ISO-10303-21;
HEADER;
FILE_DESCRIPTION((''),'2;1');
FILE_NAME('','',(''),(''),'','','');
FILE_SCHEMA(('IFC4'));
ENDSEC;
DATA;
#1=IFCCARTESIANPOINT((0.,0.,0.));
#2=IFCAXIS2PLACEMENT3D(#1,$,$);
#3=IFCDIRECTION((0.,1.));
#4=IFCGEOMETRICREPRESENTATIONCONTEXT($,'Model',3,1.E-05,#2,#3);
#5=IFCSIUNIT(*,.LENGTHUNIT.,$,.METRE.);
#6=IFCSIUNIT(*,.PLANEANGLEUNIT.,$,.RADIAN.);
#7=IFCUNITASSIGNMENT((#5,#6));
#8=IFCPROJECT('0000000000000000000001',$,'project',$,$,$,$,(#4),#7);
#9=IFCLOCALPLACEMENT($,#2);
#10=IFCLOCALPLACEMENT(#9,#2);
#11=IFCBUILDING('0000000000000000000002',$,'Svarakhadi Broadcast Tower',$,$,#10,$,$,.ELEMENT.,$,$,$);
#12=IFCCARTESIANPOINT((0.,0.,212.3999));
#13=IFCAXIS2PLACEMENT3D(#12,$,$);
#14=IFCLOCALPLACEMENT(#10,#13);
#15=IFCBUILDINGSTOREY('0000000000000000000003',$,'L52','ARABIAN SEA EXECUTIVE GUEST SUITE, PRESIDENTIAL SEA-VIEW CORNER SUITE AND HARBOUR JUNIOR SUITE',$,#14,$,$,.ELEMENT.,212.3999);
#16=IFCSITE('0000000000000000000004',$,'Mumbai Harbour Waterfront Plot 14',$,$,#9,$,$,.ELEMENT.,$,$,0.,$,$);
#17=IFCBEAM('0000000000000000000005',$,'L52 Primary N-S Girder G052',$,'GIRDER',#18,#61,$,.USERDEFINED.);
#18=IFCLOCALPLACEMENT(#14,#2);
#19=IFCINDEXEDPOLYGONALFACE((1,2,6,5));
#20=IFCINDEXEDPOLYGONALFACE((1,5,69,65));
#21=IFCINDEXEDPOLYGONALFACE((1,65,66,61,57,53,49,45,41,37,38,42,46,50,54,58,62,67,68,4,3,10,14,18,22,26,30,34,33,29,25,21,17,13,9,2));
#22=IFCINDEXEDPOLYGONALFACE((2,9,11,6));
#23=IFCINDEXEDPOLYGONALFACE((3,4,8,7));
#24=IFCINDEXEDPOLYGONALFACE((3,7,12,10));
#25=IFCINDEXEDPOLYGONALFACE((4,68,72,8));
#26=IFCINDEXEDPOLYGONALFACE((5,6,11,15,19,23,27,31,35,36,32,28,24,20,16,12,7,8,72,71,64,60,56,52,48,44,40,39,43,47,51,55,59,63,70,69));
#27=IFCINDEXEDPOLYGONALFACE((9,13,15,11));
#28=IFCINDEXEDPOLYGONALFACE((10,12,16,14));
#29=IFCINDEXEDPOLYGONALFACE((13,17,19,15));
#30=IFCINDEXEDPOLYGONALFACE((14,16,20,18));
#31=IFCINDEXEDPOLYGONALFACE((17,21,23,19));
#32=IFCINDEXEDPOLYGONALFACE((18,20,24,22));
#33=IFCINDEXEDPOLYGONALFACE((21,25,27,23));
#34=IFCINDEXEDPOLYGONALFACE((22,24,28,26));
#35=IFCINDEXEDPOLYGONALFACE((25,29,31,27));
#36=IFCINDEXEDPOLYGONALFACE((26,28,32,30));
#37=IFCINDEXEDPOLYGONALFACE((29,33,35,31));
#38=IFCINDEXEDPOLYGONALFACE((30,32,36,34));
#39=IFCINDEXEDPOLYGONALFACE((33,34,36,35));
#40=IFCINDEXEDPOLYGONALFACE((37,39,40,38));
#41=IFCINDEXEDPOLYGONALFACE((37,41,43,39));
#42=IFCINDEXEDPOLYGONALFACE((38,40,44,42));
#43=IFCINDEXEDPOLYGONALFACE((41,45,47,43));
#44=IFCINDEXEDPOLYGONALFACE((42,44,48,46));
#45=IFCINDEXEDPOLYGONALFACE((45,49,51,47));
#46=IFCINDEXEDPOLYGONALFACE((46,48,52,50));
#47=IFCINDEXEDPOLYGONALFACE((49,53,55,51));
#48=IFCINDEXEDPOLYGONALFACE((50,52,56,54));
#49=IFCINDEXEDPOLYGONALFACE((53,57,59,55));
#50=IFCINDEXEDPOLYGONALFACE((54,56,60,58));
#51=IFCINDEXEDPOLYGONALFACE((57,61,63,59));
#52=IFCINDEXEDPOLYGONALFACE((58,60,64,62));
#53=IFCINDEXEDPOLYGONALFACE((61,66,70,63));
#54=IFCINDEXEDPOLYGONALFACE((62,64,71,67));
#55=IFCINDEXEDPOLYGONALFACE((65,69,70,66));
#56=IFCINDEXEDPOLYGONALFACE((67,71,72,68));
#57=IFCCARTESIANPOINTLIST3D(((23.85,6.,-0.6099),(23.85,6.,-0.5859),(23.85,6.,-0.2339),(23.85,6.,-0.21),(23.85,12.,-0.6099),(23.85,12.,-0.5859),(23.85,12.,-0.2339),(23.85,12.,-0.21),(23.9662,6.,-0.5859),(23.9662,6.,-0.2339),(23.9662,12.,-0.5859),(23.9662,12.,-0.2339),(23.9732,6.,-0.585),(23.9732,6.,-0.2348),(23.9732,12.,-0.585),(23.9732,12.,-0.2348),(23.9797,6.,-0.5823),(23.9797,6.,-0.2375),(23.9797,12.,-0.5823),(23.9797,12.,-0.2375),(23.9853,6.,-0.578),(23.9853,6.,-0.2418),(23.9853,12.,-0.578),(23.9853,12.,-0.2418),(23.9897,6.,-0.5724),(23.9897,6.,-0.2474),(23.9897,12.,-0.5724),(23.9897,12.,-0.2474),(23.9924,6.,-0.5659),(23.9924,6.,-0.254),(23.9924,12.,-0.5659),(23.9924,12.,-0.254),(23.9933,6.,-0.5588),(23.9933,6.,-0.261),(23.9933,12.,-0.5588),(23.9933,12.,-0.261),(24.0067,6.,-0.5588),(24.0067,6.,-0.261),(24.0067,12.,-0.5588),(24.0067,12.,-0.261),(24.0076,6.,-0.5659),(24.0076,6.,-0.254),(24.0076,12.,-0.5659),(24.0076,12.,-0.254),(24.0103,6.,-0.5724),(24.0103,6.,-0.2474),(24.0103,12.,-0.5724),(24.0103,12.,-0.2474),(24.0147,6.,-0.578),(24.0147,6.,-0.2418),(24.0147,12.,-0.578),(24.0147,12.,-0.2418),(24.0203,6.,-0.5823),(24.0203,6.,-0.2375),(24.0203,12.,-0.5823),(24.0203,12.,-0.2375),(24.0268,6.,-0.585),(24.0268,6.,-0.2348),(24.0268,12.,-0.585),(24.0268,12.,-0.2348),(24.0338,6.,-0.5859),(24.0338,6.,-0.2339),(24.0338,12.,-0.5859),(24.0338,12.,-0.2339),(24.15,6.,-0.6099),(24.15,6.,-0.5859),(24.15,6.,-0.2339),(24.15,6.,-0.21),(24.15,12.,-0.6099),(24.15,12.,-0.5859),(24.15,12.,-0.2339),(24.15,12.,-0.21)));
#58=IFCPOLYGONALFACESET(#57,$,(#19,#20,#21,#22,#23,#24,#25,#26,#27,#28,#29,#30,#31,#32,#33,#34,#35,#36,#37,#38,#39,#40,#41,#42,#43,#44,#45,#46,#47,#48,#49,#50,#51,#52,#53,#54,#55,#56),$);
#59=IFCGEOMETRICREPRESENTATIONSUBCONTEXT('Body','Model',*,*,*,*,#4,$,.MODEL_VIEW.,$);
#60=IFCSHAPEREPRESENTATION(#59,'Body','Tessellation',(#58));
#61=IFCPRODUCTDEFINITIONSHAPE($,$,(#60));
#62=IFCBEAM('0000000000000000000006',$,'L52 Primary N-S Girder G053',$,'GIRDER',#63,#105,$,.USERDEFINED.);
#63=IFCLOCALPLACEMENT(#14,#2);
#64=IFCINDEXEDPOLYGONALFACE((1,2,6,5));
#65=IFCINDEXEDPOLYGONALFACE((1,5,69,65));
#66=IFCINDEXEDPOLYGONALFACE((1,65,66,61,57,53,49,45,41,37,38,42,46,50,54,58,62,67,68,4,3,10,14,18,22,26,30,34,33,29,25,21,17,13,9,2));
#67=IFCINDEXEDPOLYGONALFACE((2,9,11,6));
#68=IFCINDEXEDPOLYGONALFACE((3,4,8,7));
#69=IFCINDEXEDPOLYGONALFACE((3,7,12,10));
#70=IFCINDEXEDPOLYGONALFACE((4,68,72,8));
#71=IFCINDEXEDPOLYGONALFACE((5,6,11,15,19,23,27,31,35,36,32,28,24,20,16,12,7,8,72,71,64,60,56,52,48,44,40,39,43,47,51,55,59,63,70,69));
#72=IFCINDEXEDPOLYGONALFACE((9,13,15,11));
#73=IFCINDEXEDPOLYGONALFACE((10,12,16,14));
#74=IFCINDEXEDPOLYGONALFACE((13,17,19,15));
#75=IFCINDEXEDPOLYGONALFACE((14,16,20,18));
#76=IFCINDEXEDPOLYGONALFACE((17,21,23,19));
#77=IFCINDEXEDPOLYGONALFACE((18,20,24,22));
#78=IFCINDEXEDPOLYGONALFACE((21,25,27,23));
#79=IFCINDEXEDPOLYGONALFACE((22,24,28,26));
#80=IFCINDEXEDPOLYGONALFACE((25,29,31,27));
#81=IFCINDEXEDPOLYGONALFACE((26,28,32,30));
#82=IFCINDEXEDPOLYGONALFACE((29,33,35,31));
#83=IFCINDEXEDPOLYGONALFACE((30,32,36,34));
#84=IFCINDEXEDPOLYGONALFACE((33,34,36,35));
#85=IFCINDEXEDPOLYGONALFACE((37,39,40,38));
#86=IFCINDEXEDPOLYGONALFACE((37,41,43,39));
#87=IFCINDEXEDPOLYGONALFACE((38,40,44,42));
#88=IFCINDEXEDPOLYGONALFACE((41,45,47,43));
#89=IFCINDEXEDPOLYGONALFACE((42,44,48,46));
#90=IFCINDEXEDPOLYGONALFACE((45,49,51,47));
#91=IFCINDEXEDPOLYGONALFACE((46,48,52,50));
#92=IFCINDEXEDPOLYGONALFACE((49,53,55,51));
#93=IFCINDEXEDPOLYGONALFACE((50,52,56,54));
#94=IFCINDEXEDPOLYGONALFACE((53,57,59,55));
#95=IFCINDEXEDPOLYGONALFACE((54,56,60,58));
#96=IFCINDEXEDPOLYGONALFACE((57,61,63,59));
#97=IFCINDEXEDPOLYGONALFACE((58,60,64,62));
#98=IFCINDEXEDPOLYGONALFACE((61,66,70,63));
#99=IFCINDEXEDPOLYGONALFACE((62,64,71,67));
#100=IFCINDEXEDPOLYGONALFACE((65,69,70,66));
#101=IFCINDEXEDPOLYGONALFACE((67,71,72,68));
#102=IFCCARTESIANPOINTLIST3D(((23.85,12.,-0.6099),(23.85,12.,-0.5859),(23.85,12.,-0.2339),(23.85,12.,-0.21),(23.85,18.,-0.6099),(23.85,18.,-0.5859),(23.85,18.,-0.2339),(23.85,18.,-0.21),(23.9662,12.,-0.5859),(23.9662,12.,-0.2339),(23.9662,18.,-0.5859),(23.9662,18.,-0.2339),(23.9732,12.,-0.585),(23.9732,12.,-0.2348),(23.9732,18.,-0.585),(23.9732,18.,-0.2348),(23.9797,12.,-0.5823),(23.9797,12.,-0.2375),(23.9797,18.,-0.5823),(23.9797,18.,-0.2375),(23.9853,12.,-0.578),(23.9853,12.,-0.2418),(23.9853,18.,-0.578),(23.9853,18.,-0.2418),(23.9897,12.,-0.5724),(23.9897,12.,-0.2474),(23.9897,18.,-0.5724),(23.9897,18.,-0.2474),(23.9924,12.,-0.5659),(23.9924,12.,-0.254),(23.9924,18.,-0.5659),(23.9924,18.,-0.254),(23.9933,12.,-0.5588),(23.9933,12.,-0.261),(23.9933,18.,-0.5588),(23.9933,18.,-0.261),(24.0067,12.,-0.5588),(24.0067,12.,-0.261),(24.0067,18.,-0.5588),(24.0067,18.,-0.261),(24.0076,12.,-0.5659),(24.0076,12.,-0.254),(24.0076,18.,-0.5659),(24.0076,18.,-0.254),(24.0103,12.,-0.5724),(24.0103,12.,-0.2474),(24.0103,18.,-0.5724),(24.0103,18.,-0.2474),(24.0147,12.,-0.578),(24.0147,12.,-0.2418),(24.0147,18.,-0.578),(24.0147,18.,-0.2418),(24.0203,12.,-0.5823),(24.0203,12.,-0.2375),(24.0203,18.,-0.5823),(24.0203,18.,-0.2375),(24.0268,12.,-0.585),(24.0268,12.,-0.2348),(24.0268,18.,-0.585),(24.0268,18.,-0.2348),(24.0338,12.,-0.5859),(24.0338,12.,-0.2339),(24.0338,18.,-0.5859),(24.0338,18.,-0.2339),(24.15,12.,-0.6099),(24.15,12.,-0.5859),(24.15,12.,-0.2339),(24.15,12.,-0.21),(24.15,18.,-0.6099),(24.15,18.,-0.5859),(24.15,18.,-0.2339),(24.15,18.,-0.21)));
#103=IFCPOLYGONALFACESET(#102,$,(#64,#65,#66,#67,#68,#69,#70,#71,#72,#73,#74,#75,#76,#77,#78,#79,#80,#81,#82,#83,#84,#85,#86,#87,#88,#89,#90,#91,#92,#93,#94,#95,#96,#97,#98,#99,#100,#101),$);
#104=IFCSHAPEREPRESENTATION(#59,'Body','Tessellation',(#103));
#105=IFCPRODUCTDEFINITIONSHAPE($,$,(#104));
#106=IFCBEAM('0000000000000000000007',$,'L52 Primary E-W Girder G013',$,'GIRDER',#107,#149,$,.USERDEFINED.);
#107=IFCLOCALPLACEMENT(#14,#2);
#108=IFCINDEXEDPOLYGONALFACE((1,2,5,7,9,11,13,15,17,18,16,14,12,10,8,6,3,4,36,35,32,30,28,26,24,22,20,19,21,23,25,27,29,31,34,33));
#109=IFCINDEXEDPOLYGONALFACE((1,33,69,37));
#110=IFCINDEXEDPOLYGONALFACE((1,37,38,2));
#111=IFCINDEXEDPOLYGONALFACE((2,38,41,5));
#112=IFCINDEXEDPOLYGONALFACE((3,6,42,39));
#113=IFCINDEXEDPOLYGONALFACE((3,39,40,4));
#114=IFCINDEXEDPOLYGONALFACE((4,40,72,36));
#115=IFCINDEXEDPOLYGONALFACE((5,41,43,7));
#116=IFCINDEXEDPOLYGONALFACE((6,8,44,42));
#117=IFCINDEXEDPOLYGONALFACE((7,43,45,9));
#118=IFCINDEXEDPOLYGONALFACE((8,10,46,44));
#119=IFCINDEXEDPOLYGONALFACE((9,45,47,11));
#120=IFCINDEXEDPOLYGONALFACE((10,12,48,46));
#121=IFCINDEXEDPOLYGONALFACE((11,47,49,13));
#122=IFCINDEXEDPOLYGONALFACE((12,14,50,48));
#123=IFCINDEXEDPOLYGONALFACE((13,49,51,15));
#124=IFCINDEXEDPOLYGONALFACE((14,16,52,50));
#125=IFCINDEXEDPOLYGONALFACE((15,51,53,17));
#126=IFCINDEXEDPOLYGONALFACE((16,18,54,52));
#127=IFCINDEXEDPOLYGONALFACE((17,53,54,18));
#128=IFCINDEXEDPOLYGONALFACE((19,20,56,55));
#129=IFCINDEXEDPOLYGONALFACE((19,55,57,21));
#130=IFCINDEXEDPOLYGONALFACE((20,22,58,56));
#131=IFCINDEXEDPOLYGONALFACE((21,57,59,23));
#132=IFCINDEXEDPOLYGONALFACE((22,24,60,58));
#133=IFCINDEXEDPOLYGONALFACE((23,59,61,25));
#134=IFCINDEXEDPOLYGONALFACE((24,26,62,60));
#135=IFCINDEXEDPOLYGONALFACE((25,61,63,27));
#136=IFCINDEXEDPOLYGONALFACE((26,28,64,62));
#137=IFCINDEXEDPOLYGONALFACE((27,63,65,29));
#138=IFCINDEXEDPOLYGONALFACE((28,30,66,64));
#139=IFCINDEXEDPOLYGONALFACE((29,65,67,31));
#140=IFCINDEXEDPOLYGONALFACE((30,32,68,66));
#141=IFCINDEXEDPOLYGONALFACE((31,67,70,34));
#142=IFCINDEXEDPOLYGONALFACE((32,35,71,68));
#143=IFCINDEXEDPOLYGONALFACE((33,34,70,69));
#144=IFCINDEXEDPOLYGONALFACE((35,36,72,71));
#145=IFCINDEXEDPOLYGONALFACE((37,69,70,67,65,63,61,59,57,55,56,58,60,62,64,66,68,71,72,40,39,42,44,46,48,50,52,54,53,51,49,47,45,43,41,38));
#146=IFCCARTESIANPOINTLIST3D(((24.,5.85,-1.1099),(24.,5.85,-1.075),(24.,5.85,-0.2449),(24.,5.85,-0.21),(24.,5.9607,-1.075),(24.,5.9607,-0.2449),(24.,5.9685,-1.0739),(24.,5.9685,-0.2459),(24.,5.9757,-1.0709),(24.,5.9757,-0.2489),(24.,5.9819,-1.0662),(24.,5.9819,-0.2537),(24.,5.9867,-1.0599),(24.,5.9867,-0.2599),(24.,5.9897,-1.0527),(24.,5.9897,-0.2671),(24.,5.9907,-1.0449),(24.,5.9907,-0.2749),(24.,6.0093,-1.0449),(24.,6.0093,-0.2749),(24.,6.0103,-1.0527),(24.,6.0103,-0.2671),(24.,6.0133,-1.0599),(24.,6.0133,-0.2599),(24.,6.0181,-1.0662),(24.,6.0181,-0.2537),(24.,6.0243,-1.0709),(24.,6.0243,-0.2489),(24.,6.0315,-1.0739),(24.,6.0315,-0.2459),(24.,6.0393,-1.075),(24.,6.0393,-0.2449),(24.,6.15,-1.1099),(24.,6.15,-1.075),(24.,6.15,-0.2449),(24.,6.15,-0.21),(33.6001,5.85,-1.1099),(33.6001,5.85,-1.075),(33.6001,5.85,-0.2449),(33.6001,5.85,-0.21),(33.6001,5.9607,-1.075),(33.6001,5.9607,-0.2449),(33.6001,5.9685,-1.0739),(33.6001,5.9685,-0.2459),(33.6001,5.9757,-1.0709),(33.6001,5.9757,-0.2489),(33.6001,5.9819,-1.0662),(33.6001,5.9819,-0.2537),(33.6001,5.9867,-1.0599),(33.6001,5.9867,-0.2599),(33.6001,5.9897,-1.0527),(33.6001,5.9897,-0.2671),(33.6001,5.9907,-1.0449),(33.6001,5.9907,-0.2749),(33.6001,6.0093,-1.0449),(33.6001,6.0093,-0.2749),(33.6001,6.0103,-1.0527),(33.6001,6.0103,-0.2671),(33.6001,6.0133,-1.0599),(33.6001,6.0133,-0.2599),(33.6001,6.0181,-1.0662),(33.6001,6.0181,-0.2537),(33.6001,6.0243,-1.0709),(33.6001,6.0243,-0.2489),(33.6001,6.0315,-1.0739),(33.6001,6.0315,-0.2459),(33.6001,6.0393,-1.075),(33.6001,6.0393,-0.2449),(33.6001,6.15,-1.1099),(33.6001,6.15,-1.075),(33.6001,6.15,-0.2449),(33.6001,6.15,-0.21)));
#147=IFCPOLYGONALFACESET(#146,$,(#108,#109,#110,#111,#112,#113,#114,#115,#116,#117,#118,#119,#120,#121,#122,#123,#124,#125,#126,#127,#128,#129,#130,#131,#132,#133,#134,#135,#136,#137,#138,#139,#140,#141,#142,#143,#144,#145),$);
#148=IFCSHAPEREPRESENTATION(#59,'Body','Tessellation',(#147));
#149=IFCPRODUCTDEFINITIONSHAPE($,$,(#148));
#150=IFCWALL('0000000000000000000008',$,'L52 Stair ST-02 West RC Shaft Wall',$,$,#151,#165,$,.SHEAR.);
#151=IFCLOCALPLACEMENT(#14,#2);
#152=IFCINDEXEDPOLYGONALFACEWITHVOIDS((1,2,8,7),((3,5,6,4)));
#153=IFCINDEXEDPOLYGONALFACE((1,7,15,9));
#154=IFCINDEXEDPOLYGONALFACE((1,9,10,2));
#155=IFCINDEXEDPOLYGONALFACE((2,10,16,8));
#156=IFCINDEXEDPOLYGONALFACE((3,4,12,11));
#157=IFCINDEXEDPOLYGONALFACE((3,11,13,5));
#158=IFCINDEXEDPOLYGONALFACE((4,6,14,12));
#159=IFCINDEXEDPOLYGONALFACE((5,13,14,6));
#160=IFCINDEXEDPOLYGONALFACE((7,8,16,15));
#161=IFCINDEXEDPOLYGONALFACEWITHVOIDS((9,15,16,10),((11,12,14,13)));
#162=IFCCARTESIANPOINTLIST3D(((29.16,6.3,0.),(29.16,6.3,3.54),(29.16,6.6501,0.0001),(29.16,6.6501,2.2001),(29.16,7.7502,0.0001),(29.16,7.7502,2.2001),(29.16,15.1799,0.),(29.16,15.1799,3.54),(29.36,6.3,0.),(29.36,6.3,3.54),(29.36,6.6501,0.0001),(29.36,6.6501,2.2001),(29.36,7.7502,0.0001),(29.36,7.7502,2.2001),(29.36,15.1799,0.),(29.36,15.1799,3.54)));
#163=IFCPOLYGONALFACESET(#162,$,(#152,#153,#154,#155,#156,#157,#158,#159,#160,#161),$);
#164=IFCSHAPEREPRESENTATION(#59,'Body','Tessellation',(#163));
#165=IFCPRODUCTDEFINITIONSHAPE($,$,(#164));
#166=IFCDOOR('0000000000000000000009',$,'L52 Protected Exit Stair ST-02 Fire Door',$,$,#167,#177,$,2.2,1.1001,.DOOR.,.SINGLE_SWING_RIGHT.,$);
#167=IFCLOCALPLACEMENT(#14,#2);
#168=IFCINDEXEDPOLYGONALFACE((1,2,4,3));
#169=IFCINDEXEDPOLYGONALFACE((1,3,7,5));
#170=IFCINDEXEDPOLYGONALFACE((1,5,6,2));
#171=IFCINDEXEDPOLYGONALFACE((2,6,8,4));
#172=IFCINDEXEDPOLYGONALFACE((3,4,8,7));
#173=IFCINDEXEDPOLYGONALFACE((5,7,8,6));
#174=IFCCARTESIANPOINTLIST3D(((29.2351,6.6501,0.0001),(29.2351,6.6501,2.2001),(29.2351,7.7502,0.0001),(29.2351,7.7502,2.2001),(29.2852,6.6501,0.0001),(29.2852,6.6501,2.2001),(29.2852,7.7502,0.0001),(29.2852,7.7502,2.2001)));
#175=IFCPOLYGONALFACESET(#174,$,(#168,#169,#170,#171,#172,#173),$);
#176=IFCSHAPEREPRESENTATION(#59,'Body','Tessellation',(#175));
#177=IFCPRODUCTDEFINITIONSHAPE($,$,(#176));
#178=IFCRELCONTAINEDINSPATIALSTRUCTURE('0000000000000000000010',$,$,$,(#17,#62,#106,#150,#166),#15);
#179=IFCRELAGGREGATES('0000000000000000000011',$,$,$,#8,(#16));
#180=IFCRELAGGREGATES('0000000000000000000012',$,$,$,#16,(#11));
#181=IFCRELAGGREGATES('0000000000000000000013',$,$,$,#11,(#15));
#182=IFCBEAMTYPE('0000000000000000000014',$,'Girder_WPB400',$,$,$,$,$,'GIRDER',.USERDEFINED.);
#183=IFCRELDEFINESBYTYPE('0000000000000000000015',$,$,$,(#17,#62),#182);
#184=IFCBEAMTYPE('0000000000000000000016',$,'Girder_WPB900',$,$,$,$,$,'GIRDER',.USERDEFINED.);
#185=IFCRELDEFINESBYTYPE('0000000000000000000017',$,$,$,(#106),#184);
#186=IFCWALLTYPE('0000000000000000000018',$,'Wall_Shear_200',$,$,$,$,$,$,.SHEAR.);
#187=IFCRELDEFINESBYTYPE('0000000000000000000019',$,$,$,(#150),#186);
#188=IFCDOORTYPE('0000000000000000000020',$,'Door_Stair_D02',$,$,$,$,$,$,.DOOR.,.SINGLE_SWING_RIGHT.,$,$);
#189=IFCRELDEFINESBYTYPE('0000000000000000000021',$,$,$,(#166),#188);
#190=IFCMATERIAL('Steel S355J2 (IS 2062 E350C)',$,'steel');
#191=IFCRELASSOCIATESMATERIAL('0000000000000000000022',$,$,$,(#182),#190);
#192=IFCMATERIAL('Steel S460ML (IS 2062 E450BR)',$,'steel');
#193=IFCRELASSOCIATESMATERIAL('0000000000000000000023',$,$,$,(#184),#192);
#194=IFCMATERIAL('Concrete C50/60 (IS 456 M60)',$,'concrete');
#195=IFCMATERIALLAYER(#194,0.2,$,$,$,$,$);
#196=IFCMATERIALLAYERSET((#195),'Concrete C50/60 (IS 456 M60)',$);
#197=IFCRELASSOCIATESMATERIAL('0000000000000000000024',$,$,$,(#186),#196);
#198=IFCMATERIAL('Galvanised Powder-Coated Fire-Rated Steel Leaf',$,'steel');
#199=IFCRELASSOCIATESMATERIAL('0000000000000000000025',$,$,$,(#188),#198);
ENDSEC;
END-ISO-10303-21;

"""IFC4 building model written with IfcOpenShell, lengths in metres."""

from ifc_helpers import new_model, si_unit, direction, frame, frame_2d, origin, origin_2d, place, context, subcontext, project, spatial, rectangle, i_section, extrude, material, layer, layer_set, material_profile, profile_set, type_object, element, fill, save


model = new_model("IFC4")

# Units and contexts
model_context = context("Model", 3, precision=1e-05, world=origin(), true_north=direction((0.0, 1.0)))
body_context = subcontext(model_context, "Body", "Model", "MODEL_VIEW")
ifc_project = project(units=[si_unit("LENGTHUNIT", "METRE"), si_unit("PLANEANGLEUNIT", "RADIAN")], contexts=[model_context])

# Site, building, storey
site_placement = place(None, origin())
site = spatial("IfcSite", under=ifc_project, at=site_placement, Name="Mumbai Harbour Waterfront Plot 14", CompositionType="ELEMENT", RefElevation=0.0)
building_placement = place(site_placement, origin())
building = spatial("IfcBuilding", under=site, at=building_placement, Name="Svarakhadi Broadcast Tower", CompositionType="ELEMENT")
storey_placement = place(building_placement, frame((0.0, 0.0, 212.3999)))
storey = spatial("IfcBuildingStorey", under=building, at=storey_placement, Name="L52", Description="ARABIAN SEA EXECUTIVE GUEST SUITE, PRESIDENTIAL SEA-VIEW CORNER SUITE AND HARBOUR JUNIOR SUITE", CompositionType="ELEMENT", Elevation=212.3999)

# Shared definitions
ifc_material_1 = material(Name="Concrete C50/60 (IS 456 M60)", Category="concrete")
ifc_material_2 = material(Name="Steel S460ML (IS 2062 E450BR)", Category="steel")

# Beams
ifc_material_3 = material(Name="Steel S355J2 (IS 2062 E350C)", Category="steel")
ifc_material_profile_1 = material_profile(ifc_material_3, i_section(OverallWidth=0.3, OverallDepth=0.3999, WebThickness=0.0134, FlangeThickness=0.0239, FilletRadius=0.0271, at=origin_2d()), Name="WPB 400x300x155")
ifc_profile_set_1 = profile_set([ifc_material_profile_1], Name="Steel S355J2 (IS 2062 E350C)")
beam_type_1 = type_object("IfcBeamType", Name="Girder_WPB400", ElementType="GIRDER", PredefinedType="USERDEFINED", material=ifc_profile_set_1)
for number, where, z_axis, x_axis, name in (
    (1, (24.0, 6.0, -0.4099), (0.0, 1.0, 0.0), (-1.0, 0.0, 0.0), "L52 Primary N-S Girder G052"),
    (2, (24.0, 12.0, -0.4099), (0.0, 1.0, 0.0), (-1.0, 0.0, 0.0), "L52 Primary N-S Girder G053"),
):
    element("IfcBeam", number, at=place(storey_placement, frame(where, z_axis=z_axis, x_axis=x_axis)), inside=storey, type_object=beam_type_1, Name=name, ObjectType="GIRDER", PredefinedType="USERDEFINED", context=body_context, shape_type="SweptSolid", body=[
        extrude(i_section(OverallWidth=0.3, OverallDepth=0.3999, WebThickness=0.0134, FlangeThickness=0.0239, FilletRadius=0.0271, at=origin_2d()), origin(), (0.0, 0.0, 1.0), 6.0),
    ])
ifc_material_profile_2 = material_profile(ifc_material_2, i_section(OverallWidth=0.3, OverallDepth=0.8999, WebThickness=0.0186, FlangeThickness=0.0349, FilletRadius=0.03, at=origin_2d()), Name="WPB 900x300x291")
ifc_profile_set_2 = profile_set([ifc_material_profile_2], Name="Steel S460ML (IS 2062 E450BR)")
beam_type_2 = type_object("IfcBeamType", Name="Girder_WPB900", ElementType="GIRDER", PredefinedType="USERDEFINED", material=ifc_profile_set_2)
beam_1_placement = place(storey_placement, frame((24.0, 6.0, -0.6599), z_axis=(1.0, 0.0, 0.0), x_axis=(0.0, 1.0, 0.0)))
element("IfcBeam", 3, at=beam_1_placement, inside=storey, type_object=beam_type_2, Name="L52 Primary E-W Girder G013", ObjectType="GIRDER", PredefinedType="USERDEFINED", context=body_context, shape_type="SweptSolid", body=[
    extrude(i_section(OverallWidth=0.3, OverallDepth=0.8999, WebThickness=0.0186, FlangeThickness=0.0349, FilletRadius=0.03, at=origin_2d()), origin(), (0.0, 0.0, 1.0), 9.6001),
])

# Wall, opening, door
ifc_layer_1 = layer(ifc_material_1, 0.2)
ifc_layer_set_1 = layer_set([ifc_layer_1], Name="Concrete C50/60 (IS 456 M60)")
wall_type_1 = type_object("IfcWallType", Name="Wall_Shear_200", PredefinedType="SHEAR", material=ifc_layer_set_1)
wall_1_placement = place(storey_placement, frame((29.26, 6.3, 0.0), z_axis=(0.0, 0.0, 1.0), x_axis=(0.0, 1.0, 0.0)))
wall_1 = element("IfcWall", 4, at=wall_1_placement, inside=storey, type_object=wall_type_1, Name="L52 Stair ST-02 West RC Shaft Wall", PredefinedType="SHEAR", context=body_context, shape_type="SweptSolid", body=[
    extrude(rectangle(XDim=8.8799, YDim=0.2, at=frame_2d((4.4399, 0.0))), origin(), (0.0, 0.0, 1.0), 3.54),
])
opening_1_placement = place(wall_1_placement, frame((0.3501, 0.0, 0.0)))
opening_1 = element("IfcOpeningElement", 5, at=opening_1_placement, cuts=wall_1, PredefinedType="OPENING", context=body_context, shape_type="SweptSolid", body=[
    extrude(rectangle(XDim=1.1001, YDim=2.2, at=frame_2d((0.55, 1.1001))), frame((0.0, 0.1099, 0.0), z_axis=(0.0, -1.0, 0.0), x_axis=(1.0, 0.0, 0.0)), (0.0, 0.0, 1.0), 0.22),
])
ifc_material_4 = material(Name="Galvanised Powder-Coated Fire-Rated Steel Leaf", Category="steel")
door_type_1 = type_object("IfcDoorType", Name="Door_Stair_D02", OperationType="SINGLE_SWING_RIGHT", PredefinedType="DOOR", material=ifc_material_4)
door_1_placement = place(opening_1_placement, origin())
door_1 = element("IfcDoor", 6, at=door_1_placement, inside=storey, type_object=door_type_1, Name="L52 Protected Exit Stair ST-02 Fire Door", OperationType="SINGLE_SWING_RIGHT", OverallHeight=2.2, OverallWidth=1.1001, PredefinedType="DOOR", context=body_context, shape_type="SweptSolid", body=[
    extrude(rectangle(XDim=1.1001, YDim=2.2, at=frame_2d((0.55, 1.1001))), frame((0.0, 0.0249, 0.0), z_axis=(0.0, -1.0, 0.0), x_axis=(1.0, 0.0, 0.0)), (0.0, 0.0, 1.0), 0.05),
])
fill(opening_1, door_1)

save(model, "model.ifc")
